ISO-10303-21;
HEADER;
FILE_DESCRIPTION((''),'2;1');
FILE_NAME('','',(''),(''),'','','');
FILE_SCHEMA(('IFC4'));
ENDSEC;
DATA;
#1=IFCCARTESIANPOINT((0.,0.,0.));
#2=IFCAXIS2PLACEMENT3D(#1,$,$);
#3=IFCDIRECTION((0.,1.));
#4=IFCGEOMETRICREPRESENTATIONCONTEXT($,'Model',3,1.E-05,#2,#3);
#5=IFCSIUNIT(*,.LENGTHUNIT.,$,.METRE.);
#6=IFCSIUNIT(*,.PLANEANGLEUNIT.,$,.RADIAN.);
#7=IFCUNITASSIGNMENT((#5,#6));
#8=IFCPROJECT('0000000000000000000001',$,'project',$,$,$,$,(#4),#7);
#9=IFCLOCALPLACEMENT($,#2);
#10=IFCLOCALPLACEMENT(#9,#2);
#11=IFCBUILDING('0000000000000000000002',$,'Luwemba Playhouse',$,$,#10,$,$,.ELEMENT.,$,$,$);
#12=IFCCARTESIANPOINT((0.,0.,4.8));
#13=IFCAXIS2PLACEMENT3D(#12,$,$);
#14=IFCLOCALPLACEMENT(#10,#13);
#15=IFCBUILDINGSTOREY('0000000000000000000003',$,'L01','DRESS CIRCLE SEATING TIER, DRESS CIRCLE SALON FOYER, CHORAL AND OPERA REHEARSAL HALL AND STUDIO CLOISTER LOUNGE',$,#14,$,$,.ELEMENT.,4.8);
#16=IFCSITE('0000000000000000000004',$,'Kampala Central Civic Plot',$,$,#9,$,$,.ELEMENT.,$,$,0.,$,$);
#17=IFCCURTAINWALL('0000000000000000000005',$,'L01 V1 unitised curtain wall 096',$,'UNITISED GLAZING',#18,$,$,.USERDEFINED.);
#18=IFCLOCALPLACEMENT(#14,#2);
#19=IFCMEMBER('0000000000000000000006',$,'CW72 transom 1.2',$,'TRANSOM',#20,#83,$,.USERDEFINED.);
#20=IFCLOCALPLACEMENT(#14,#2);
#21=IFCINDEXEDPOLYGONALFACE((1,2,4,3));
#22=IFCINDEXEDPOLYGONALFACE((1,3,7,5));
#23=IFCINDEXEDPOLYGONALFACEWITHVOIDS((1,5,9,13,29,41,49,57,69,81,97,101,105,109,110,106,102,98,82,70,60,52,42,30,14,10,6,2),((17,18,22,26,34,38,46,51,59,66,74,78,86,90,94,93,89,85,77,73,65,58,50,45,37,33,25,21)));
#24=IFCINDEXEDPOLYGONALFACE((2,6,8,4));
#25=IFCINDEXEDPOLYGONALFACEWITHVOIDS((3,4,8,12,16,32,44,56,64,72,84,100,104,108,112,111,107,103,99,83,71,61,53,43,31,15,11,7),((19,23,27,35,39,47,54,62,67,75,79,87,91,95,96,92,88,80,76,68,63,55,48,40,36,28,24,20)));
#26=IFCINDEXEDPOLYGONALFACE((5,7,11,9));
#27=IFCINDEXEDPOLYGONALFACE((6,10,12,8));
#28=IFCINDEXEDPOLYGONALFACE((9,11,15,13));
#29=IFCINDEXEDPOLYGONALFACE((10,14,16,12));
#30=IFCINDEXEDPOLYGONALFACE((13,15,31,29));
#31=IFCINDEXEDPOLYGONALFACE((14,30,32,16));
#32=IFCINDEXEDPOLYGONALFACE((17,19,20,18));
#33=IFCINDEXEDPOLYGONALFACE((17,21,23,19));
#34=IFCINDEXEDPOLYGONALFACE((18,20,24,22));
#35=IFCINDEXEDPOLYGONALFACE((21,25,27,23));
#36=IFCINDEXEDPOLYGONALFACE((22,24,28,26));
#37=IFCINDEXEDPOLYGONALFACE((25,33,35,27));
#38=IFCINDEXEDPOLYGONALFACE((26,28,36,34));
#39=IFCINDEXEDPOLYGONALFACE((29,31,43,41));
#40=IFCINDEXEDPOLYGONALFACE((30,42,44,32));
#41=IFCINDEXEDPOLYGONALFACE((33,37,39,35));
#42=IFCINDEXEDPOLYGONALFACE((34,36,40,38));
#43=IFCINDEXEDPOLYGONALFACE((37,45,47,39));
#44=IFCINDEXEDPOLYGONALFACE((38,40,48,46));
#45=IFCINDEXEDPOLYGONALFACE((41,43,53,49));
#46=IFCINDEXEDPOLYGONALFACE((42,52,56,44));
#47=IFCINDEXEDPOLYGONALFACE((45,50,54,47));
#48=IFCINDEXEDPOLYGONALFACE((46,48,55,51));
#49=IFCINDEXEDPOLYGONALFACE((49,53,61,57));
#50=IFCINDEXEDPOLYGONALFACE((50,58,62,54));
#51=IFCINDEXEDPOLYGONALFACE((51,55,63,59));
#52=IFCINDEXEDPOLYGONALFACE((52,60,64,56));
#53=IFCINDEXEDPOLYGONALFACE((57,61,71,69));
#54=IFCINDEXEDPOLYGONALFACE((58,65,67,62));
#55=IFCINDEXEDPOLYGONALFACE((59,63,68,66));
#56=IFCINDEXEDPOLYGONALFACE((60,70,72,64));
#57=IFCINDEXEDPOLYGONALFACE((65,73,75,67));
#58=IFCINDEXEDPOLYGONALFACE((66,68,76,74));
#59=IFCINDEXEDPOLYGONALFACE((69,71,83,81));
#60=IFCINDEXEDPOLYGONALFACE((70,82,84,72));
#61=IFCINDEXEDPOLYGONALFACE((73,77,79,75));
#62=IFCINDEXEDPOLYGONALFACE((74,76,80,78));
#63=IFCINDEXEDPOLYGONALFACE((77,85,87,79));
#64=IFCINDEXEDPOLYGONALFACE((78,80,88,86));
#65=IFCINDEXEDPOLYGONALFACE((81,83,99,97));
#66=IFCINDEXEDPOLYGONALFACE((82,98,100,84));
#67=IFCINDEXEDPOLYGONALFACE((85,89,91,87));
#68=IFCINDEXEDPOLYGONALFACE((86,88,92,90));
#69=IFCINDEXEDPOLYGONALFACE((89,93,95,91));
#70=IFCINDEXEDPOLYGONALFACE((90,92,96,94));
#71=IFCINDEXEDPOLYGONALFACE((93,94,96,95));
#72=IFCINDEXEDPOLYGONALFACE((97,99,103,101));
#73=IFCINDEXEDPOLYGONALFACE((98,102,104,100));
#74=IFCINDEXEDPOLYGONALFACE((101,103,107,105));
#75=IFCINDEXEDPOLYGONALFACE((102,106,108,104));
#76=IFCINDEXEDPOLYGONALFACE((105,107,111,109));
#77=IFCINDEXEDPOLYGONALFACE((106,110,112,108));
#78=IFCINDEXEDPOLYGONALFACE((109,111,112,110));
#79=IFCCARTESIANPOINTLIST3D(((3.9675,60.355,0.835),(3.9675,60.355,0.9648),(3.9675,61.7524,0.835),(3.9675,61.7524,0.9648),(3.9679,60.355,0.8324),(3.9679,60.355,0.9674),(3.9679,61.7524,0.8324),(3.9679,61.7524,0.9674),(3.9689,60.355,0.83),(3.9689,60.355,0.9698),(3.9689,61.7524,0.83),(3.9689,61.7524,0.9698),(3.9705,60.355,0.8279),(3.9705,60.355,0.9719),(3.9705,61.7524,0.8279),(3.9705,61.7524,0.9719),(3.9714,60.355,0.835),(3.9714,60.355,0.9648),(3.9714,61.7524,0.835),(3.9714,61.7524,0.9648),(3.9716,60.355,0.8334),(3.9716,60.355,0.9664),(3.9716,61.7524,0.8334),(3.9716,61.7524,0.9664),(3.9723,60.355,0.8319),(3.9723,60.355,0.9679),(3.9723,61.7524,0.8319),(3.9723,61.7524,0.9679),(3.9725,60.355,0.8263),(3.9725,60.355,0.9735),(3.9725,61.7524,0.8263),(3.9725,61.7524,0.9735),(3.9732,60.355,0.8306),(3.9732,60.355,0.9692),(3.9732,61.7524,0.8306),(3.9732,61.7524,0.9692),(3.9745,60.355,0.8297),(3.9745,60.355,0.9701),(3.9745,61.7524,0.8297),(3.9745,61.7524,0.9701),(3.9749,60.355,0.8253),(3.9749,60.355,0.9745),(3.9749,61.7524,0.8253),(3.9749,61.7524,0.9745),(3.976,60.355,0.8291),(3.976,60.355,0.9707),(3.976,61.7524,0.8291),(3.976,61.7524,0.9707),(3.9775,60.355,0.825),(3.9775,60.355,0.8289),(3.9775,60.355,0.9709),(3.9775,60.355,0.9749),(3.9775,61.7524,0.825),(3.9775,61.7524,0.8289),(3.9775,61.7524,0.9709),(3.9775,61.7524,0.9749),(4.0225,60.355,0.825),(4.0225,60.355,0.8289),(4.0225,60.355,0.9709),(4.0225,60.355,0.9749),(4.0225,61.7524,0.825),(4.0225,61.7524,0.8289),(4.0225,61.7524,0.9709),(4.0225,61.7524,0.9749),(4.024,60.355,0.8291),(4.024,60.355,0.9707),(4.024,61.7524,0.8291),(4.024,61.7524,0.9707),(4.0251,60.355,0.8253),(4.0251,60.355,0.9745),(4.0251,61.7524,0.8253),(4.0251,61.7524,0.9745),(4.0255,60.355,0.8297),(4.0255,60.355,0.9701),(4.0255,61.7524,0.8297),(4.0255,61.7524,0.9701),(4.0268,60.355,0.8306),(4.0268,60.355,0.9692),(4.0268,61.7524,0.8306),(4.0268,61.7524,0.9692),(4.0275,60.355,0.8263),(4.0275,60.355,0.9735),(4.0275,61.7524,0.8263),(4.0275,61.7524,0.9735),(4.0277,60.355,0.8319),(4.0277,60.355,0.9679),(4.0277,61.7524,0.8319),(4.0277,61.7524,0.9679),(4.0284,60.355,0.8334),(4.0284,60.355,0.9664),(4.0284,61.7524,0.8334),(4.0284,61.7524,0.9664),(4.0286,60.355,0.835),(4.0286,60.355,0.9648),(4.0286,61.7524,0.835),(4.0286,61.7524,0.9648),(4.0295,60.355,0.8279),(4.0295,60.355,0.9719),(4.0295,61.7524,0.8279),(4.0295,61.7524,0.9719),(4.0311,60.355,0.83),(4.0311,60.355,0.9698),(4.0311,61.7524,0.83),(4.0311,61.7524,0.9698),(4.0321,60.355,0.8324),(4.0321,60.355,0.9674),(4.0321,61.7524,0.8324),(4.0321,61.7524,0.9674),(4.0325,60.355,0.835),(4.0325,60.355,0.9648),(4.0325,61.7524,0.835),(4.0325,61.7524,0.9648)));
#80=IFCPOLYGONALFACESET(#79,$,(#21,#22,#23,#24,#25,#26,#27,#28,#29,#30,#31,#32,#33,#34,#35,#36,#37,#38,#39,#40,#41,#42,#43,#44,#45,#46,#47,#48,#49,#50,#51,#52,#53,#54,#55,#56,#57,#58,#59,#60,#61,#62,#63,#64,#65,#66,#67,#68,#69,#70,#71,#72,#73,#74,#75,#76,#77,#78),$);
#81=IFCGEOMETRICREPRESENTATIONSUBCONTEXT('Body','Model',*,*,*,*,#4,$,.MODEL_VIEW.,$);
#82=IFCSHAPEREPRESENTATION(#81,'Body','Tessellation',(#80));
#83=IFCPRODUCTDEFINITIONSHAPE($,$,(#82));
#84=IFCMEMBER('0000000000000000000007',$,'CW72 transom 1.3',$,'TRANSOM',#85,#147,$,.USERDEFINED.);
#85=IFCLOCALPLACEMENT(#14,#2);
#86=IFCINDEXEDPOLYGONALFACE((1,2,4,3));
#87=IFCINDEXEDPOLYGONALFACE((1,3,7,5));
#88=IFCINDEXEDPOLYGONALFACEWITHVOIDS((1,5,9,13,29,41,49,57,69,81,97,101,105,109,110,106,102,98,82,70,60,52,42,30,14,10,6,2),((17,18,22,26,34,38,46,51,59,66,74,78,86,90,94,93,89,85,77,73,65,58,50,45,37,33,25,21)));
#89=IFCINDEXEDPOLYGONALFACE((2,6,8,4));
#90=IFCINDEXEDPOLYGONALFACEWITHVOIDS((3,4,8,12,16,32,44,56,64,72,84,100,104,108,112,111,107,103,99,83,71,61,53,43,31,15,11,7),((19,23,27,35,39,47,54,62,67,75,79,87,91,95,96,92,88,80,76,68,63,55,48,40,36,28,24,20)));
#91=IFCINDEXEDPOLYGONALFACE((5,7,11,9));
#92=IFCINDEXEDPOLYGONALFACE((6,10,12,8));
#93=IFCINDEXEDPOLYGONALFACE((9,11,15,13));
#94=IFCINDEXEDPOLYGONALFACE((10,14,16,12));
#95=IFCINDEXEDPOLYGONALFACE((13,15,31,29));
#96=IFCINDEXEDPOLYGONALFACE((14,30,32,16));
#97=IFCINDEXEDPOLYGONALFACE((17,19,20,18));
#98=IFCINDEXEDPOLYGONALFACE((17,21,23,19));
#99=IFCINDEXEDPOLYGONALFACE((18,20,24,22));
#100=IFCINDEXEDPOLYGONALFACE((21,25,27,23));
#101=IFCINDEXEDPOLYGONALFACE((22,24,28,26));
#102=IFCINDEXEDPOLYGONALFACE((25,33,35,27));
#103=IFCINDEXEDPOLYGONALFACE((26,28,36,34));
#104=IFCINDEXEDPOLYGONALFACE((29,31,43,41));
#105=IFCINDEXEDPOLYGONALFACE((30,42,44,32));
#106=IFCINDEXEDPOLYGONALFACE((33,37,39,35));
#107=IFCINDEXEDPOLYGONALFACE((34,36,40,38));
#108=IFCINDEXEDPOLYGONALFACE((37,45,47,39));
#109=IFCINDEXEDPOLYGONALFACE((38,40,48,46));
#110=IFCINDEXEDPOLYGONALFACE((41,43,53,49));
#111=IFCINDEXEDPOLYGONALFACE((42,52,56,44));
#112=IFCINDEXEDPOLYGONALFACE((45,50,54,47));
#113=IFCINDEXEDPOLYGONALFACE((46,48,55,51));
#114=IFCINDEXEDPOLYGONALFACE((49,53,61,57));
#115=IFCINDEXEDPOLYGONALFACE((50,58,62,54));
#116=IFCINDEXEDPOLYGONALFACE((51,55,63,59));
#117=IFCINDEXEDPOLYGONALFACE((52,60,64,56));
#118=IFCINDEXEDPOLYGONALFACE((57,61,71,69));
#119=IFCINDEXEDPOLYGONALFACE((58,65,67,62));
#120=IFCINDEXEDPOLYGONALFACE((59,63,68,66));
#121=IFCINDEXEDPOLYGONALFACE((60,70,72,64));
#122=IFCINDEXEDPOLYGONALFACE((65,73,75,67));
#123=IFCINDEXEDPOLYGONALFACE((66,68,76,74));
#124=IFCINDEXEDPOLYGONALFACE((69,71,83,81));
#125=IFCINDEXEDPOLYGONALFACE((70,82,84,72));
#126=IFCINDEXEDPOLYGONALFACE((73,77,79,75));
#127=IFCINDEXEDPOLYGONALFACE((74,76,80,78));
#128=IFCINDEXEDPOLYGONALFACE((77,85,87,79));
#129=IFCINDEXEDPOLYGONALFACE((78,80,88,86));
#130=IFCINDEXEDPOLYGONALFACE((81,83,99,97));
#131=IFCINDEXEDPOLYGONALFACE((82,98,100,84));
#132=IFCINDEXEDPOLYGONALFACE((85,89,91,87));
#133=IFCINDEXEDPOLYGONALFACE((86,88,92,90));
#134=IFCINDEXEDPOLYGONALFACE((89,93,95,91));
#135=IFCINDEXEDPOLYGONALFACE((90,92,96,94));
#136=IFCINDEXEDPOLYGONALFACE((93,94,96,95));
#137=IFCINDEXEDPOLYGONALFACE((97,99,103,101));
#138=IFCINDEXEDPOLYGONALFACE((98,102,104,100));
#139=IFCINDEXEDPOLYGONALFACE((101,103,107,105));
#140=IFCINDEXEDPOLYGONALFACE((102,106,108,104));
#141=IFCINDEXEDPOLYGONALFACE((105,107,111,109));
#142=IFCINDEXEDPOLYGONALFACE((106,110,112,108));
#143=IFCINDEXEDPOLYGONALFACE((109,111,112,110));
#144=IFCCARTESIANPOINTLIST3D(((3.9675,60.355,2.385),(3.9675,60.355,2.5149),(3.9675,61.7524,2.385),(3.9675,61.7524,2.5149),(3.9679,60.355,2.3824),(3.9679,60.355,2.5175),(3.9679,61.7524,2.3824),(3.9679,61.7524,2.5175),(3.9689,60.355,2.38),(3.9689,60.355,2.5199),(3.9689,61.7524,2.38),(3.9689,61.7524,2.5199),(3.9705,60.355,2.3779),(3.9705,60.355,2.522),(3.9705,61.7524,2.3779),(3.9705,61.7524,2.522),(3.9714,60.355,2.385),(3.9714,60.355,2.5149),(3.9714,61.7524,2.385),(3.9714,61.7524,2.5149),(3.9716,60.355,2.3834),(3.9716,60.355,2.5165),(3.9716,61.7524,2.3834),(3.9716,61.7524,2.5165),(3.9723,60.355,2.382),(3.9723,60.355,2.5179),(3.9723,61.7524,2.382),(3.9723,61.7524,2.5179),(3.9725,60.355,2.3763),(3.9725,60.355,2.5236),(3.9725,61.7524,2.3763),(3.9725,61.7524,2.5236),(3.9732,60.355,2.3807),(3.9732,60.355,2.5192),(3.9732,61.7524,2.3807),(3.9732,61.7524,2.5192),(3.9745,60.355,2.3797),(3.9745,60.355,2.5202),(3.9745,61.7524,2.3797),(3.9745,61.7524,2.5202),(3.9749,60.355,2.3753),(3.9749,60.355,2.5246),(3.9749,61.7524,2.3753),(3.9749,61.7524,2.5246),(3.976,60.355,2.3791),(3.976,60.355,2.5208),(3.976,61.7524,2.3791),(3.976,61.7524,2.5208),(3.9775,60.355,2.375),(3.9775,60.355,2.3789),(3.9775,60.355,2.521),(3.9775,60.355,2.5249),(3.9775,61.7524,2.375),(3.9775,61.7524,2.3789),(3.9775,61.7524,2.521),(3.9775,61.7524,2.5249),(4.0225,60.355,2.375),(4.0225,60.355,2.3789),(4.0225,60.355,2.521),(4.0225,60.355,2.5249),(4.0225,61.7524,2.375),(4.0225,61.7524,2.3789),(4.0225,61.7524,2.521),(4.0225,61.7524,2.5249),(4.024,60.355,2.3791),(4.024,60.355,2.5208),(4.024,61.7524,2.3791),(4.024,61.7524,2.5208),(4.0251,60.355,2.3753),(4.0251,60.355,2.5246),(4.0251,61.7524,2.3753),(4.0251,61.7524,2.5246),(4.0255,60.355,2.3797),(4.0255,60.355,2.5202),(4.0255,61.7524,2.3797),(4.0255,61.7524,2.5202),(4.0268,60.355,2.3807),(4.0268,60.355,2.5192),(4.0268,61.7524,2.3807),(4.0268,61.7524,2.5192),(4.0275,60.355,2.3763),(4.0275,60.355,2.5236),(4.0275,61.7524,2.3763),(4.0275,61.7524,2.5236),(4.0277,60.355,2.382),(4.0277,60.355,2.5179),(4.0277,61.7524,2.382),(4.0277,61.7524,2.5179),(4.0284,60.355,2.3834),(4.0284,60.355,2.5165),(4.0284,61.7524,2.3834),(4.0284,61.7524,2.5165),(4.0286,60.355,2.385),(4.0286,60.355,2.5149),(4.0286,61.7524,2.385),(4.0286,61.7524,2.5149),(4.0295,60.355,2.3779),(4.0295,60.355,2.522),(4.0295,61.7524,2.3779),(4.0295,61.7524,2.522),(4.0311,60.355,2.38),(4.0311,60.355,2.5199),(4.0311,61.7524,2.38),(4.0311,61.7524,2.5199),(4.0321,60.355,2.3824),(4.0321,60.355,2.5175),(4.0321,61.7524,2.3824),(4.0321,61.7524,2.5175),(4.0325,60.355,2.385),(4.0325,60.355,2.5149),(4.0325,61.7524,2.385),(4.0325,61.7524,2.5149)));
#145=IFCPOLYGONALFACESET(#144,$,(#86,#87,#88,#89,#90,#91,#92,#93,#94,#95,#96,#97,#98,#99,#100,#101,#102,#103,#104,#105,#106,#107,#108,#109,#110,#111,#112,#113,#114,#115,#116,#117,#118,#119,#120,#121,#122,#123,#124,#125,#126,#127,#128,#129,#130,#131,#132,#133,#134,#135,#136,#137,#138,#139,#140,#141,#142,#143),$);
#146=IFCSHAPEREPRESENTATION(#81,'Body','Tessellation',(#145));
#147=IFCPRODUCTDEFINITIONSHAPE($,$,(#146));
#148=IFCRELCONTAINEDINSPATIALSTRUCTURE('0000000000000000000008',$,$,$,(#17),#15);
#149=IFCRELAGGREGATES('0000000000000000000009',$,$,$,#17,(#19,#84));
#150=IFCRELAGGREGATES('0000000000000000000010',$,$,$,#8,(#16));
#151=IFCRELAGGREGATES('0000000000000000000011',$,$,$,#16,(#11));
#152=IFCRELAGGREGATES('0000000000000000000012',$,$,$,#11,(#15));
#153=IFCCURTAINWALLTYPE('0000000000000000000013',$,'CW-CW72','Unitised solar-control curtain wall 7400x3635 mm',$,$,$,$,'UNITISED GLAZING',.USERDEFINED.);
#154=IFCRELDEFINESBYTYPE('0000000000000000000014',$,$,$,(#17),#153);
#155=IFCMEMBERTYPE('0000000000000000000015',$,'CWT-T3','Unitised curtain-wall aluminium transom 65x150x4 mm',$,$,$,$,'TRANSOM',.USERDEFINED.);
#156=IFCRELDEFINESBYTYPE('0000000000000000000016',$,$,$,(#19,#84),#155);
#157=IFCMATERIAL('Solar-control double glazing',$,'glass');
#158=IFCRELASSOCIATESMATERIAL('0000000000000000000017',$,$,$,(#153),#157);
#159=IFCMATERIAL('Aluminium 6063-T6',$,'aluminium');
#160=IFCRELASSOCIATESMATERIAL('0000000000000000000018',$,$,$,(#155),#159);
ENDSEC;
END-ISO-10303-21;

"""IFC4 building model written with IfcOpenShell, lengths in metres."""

from ifc_helpers import new_model, si_unit, direction, frame, origin, origin_2d, place, context, subcontext, project, spatial, hollow_rectangle, extrude, material, material_profile, profile_set, type_object, element, aggregate, save


model = new_model("IFC4")

# Units and contexts
model_context = context("Model", 3, precision=1e-05, world=origin(), true_north=direction((0.0, 1.0)))
body_context = subcontext(model_context, "Body", "Model", "MODEL_VIEW")
ifc_project = project(units=[si_unit("LENGTHUNIT", "METRE"), si_unit("PLANEANGLEUNIT", "RADIAN")], contexts=[model_context])

# Site, building, storey
site_placement = place(None, origin())
site = spatial("IfcSite", under=ifc_project, at=site_placement, Name="Kampala Central Civic Plot", CompositionType="ELEMENT", RefElevation=0.0)
building_placement = place(site_placement, origin())
building = spatial("IfcBuilding", under=site, at=building_placement, Name="Luwemba Playhouse", CompositionType="ELEMENT")
storey_placement = place(building_placement, frame((0.0, 0.0, 4.8)))
storey = spatial("IfcBuildingStorey", under=building, at=storey_placement, Name="L01", Description="DRESS CIRCLE SEATING TIER, DRESS CIRCLE SALON FOYER, CHORAL AND OPERA REHEARSAL HALL AND STUDIO CLOISTER LOUNGE", CompositionType="ELEMENT", Elevation=4.8)

# Curtain wall
ifc_material_1 = material(Name="Solar-control double glazing", Category="glass")
ifc_material_2 = material(Name="Aluminium 6063-T6", Category="aluminium")
curtain_wall_type_1 = type_object("IfcCurtainWallType", Name="CW-CW72", Description="Unitised solar-control curtain wall 7400x3635 mm", ElementType="UNITISED GLAZING", PredefinedType="USERDEFINED", material=ifc_material_1)
curtain_wall_1_placement = place(storey_placement, origin())
curtain_wall_1 = element("IfcCurtainWall", 1, at=curtain_wall_1_placement, inside=storey, type_object=curtain_wall_type_1, Name="L01 V1 unitised curtain wall 096", ObjectType="UNITISED GLAZING", PredefinedType="USERDEFINED")

# Members
ifc_material_profile_1 = material_profile(ifc_material_2, hollow_rectangle(XDim=0.0649, YDim=0.1499, WallThickness=0.0039, InnerFilletRadius=0.0061, OuterFilletRadius=0.01, at=origin_2d()))
ifc_profile_set_1 = profile_set([ifc_material_profile_1], Name="Aluminium 6063-T6")
member_type_1 = type_object("IfcMemberType", Name="CWT-T3", Description="Unitised curtain-wall aluminium transom 65x150x4 mm", ElementType="TRANSOM", PredefinedType="USERDEFINED", material=ifc_profile_set_1)
member_1_placement = place(storey_placement, frame((4.0, 60.355, 0.8999), z_axis=(0.0, 1.0, 0.0), x_axis=(-1.0, 0.0, 0.0)))
member_1 = element("IfcMember", 2, at=member_1_placement, type_object=member_type_1, Name="CW72 transom 1.2", ObjectType="TRANSOM", PredefinedType="USERDEFINED", context=body_context, shape_type="SweptSolid", body=[
    extrude(hollow_rectangle(XDim=0.0649, YDim=0.1499, WallThickness=0.0039, InnerFilletRadius=0.0061, OuterFilletRadius=0.01, at=origin_2d()), origin(), (0.0, 0.0, 1.0), 1.3975),
])
member_2_placement = place(storey_placement, frame((4.0, 60.355, 2.45), z_axis=(0.0, 1.0, 0.0), x_axis=(-1.0, 0.0, 0.0)))
member_2 = element("IfcMember", 3, at=member_2_placement, type_object=member_type_1, Name="CW72 transom 1.3", ObjectType="TRANSOM", PredefinedType="USERDEFINED", context=body_context, shape_type="SweptSolid", body=[
    extrude(hollow_rectangle(XDim=0.0649, YDim=0.1499, WallThickness=0.0039, InnerFilletRadius=0.0061, OuterFilletRadius=0.01, at=origin_2d()), origin(), (0.0, 0.0, 1.0), 1.3975),
])
aggregate(curtain_wall_1, [member_1, member_2])

save(model, "model.ifc")
